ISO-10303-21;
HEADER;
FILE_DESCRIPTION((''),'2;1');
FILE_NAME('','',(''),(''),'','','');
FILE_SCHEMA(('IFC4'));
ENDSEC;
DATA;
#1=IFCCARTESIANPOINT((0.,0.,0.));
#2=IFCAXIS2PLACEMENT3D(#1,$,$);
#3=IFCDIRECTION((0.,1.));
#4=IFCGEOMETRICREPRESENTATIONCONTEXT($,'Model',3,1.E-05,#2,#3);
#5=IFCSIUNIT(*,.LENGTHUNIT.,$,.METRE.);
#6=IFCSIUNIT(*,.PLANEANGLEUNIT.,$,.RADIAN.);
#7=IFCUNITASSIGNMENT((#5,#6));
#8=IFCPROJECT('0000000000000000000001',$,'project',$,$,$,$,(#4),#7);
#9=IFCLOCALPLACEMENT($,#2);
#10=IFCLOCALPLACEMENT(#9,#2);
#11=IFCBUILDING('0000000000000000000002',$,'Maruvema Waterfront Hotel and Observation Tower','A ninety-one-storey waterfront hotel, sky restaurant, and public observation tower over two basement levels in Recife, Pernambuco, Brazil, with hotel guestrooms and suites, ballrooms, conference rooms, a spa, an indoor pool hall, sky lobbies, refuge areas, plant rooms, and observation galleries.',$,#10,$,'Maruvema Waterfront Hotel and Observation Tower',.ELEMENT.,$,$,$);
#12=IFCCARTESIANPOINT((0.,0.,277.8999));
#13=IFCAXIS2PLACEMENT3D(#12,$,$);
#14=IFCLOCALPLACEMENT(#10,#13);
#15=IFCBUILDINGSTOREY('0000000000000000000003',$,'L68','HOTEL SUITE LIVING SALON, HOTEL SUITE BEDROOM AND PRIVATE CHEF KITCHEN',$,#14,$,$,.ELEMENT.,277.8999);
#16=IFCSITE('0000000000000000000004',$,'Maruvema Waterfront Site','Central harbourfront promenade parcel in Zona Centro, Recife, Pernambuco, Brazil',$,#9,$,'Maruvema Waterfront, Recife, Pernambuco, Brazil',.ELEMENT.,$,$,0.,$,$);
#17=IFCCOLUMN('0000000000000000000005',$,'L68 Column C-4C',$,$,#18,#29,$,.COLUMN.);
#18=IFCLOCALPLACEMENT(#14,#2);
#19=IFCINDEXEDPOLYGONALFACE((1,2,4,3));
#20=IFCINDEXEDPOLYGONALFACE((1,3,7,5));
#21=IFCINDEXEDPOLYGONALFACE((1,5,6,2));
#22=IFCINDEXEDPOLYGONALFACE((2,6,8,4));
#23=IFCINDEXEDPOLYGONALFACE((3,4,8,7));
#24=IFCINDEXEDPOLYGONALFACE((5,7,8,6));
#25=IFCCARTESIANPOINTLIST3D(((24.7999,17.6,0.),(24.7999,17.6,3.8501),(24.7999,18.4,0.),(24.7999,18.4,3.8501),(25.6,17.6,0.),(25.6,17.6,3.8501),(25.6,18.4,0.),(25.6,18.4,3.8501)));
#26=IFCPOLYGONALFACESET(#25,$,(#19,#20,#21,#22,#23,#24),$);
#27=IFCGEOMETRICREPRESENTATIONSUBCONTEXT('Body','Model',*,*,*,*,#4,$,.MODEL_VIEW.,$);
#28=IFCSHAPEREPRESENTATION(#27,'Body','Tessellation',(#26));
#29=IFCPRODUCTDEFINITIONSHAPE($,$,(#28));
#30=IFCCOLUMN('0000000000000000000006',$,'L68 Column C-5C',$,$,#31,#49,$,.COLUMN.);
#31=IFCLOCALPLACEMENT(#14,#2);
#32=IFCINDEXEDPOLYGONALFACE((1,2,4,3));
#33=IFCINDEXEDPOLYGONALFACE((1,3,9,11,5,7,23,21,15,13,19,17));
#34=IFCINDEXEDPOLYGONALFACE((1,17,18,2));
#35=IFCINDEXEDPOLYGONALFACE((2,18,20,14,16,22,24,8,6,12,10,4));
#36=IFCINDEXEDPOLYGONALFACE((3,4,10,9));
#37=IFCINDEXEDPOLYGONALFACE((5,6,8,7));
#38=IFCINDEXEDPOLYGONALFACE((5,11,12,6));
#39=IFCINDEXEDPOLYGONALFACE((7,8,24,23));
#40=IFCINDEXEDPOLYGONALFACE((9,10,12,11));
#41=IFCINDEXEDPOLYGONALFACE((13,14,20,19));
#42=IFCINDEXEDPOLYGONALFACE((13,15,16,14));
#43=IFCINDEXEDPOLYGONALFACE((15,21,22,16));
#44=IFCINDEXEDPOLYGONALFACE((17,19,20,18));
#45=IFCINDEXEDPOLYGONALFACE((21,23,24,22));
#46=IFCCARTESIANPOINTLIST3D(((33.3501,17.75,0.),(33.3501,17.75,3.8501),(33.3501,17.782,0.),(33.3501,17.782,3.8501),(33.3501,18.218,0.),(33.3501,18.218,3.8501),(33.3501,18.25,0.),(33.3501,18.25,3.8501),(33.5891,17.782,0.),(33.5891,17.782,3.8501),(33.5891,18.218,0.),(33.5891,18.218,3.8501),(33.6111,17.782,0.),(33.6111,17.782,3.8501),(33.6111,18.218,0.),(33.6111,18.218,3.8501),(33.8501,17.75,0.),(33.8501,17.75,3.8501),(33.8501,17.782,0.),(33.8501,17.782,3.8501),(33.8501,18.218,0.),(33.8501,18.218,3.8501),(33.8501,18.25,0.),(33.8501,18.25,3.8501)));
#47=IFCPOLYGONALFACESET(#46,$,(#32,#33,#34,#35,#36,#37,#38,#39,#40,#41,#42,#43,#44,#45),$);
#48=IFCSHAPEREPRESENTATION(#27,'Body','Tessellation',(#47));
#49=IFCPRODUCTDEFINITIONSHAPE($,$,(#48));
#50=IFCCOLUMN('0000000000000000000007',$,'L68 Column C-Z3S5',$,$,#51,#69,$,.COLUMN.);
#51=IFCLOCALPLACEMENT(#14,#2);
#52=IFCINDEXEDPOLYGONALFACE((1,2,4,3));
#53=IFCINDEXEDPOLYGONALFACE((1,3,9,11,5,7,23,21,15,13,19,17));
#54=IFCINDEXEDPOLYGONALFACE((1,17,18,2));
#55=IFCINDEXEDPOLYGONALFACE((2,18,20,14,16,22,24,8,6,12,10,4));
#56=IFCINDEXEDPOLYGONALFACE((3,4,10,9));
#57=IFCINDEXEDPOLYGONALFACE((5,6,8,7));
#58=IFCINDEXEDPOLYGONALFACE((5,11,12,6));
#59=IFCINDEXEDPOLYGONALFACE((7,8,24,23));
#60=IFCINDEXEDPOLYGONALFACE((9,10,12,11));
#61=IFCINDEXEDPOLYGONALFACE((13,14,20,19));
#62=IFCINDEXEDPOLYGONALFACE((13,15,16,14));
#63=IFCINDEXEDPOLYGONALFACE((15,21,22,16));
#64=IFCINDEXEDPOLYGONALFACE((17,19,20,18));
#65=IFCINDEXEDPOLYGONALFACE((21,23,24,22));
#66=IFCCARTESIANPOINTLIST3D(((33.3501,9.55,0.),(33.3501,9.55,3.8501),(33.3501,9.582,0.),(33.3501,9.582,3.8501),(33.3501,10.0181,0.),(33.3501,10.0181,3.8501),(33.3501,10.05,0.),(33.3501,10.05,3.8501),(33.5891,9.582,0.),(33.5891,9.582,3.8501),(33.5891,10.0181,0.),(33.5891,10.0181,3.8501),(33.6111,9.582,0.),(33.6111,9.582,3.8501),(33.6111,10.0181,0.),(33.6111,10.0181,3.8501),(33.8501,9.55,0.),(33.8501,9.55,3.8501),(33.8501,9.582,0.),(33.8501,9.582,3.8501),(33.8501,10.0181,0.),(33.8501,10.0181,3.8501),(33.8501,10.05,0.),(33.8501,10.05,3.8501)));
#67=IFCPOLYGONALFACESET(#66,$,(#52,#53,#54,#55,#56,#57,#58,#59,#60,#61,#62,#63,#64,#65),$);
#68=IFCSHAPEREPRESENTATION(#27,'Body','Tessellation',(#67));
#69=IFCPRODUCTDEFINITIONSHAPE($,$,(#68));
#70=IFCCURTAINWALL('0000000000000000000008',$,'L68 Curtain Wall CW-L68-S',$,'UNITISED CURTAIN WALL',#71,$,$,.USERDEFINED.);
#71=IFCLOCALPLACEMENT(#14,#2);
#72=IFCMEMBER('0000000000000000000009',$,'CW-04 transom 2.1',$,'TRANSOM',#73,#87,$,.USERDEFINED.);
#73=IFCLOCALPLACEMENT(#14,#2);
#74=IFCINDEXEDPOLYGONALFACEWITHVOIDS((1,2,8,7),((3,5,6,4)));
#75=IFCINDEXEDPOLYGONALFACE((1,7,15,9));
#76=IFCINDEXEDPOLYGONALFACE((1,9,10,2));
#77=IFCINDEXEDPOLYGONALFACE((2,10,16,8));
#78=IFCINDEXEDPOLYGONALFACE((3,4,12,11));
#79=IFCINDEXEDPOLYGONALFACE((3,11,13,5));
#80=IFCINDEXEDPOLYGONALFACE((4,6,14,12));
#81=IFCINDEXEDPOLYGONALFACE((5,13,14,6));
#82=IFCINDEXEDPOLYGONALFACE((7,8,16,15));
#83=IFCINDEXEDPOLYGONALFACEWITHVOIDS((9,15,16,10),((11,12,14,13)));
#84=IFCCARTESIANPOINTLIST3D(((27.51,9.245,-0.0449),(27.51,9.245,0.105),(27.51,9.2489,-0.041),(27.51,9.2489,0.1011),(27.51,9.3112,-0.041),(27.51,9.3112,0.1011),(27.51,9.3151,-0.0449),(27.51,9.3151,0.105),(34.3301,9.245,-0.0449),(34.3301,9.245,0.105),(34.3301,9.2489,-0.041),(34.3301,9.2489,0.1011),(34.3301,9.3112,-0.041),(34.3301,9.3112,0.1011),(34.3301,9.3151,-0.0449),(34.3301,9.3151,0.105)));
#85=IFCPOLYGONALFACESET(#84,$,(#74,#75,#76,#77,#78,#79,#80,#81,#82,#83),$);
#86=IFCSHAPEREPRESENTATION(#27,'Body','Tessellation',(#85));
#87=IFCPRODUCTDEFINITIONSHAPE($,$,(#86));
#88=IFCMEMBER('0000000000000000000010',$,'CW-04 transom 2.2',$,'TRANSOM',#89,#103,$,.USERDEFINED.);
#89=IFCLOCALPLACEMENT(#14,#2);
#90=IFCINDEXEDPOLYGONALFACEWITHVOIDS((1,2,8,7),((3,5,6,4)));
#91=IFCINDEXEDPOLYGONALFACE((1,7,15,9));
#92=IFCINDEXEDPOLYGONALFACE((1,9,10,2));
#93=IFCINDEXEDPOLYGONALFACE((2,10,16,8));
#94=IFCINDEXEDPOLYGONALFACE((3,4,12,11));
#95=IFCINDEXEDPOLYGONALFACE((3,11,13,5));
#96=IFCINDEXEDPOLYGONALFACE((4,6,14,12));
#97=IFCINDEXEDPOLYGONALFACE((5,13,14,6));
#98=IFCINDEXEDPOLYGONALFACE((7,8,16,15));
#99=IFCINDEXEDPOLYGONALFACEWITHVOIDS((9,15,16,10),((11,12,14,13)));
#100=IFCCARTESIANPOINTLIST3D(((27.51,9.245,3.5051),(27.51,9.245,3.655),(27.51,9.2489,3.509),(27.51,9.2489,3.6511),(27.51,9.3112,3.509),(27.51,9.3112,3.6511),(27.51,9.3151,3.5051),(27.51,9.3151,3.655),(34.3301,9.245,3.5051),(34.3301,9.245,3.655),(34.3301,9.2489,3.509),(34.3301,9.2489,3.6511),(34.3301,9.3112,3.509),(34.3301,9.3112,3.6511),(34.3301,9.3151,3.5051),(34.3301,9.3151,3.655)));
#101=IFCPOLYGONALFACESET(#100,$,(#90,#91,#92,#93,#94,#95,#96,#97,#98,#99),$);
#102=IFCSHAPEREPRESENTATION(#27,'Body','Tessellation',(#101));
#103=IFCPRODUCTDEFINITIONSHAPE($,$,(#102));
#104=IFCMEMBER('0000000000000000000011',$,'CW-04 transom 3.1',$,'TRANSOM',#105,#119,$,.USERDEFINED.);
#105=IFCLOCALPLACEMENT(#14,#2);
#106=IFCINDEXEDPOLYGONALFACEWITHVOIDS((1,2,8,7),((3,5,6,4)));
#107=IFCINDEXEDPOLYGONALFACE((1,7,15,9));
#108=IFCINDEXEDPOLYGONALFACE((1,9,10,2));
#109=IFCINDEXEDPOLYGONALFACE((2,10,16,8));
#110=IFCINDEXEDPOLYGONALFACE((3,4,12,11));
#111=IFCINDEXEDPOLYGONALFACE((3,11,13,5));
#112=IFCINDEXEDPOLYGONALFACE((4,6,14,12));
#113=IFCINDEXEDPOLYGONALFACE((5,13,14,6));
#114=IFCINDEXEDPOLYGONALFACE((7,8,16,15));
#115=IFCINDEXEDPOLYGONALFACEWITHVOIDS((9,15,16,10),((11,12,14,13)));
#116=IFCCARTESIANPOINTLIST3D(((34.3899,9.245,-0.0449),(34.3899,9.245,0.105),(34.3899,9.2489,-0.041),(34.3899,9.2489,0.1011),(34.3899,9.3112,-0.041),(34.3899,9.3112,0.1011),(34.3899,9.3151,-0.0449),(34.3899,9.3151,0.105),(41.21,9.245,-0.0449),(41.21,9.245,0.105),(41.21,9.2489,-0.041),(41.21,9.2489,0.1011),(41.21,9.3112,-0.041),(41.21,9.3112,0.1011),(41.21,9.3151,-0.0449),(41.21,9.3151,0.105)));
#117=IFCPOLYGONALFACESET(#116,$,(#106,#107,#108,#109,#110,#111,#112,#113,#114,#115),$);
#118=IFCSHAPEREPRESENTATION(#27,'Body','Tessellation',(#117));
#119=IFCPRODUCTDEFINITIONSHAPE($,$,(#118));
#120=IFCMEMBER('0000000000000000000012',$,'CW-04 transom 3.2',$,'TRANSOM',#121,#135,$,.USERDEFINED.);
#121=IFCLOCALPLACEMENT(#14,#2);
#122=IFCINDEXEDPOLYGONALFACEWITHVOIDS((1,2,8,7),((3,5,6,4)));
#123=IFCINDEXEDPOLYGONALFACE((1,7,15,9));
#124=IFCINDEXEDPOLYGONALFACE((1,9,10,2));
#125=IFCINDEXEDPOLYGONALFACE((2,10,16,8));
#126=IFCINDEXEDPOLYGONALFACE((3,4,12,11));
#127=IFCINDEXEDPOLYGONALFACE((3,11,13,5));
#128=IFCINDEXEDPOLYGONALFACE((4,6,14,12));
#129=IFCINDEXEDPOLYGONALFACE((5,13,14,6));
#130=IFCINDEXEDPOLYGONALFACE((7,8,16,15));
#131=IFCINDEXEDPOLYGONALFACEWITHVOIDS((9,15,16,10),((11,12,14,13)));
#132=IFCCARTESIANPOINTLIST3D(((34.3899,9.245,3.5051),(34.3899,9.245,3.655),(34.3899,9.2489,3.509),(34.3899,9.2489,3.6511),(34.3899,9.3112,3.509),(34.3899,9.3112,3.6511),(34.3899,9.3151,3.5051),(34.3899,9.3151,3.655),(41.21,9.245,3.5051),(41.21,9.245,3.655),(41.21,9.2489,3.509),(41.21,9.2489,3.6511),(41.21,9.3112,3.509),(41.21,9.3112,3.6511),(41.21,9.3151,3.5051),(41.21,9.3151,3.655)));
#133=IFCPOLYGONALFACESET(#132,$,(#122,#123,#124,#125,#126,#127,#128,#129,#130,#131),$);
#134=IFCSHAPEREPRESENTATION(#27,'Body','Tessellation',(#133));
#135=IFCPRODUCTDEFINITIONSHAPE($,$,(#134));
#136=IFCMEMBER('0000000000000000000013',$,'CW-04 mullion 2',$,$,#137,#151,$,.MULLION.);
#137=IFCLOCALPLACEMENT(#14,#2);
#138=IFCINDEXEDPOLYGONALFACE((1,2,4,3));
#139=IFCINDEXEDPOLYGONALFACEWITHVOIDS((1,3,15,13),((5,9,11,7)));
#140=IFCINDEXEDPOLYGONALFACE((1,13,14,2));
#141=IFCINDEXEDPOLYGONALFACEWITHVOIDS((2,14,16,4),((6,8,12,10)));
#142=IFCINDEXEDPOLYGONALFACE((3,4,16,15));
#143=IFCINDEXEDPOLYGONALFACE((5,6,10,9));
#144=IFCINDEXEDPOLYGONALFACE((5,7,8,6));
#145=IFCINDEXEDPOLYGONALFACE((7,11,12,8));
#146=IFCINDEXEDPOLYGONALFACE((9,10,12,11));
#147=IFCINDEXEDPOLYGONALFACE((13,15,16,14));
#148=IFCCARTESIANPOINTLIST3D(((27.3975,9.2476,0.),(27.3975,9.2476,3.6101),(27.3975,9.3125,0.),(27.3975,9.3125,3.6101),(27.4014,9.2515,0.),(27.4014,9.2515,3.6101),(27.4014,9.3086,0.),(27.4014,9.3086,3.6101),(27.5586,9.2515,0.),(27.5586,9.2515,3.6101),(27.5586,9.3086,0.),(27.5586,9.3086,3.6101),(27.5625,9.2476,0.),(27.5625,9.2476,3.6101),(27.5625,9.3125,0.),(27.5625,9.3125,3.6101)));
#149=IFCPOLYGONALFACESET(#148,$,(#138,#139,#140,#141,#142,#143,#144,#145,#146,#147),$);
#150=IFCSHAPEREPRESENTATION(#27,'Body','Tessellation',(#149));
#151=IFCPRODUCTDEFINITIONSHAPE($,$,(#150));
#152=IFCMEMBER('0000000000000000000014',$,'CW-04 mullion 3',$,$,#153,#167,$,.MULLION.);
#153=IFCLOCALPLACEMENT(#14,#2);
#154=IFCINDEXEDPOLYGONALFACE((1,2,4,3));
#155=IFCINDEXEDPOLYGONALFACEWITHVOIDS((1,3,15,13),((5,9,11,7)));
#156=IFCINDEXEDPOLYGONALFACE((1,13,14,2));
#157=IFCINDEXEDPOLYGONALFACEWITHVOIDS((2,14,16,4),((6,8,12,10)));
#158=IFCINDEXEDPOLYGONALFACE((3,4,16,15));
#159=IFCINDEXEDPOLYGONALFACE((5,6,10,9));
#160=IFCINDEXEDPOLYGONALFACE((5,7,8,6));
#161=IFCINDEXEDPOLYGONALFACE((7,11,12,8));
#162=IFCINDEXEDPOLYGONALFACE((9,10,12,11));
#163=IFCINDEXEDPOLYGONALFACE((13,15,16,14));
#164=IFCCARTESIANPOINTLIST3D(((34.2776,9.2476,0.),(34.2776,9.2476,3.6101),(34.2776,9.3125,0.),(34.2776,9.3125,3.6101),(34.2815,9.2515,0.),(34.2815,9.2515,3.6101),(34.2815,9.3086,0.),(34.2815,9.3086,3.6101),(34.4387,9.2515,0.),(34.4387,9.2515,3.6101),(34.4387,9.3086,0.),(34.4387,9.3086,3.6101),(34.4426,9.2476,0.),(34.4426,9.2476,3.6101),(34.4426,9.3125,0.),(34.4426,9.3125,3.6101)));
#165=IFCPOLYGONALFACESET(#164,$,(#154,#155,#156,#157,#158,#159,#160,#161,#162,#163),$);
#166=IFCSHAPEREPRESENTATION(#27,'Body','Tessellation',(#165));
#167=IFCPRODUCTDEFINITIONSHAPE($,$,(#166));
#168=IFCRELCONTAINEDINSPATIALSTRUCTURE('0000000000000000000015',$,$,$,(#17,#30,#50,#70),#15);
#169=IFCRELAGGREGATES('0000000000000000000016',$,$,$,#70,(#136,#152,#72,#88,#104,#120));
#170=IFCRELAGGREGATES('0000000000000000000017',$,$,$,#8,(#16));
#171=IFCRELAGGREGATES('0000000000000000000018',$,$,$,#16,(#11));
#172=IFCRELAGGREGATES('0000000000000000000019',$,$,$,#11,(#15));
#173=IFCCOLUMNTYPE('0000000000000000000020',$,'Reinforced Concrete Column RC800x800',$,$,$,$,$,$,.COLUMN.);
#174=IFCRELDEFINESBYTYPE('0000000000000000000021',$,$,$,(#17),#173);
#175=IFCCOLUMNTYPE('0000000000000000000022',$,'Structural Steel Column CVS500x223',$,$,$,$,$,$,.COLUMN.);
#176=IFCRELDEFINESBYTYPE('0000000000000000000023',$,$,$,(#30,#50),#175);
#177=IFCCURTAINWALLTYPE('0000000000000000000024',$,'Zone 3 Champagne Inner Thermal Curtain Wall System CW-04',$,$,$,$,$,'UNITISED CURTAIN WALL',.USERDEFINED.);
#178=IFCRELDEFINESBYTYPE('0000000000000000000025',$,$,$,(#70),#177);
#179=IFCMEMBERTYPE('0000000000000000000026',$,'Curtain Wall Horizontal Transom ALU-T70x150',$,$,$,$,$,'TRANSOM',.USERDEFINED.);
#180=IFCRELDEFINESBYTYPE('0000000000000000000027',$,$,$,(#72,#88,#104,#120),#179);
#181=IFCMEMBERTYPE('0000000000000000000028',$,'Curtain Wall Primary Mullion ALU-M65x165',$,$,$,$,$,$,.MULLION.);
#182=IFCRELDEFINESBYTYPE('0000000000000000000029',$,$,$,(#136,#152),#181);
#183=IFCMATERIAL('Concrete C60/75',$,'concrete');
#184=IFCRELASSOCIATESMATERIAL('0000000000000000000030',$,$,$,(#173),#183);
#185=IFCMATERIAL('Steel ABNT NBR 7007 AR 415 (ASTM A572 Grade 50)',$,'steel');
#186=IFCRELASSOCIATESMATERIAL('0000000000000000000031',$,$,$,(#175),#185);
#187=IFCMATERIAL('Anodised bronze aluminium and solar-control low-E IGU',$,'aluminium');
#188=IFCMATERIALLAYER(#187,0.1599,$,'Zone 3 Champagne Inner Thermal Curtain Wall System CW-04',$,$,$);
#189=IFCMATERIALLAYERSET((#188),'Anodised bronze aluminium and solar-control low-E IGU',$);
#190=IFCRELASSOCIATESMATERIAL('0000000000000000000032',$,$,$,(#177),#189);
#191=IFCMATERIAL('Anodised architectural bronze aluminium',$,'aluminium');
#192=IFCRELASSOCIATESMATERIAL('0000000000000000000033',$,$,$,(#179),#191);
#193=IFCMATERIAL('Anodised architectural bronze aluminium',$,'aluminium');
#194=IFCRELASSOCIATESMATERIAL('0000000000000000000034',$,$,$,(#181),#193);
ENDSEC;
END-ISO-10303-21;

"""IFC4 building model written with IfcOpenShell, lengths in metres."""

from ifc_helpers import new_model, si_unit, direction, frame, origin, origin_2d, place, context, subcontext, project, spatial, rectangle, hollow_rectangle, i_section, extrude, material, layer, layer_set, material_profile, profile_set, type_object, element, aggregate, save


model = new_model("IFC4")

# Units and contexts
model_context = context("Model", 3, precision=1e-05, world=origin(), true_north=direction((0.0, 1.0)))
body_context = subcontext(model_context, "Body", "Model", "MODEL_VIEW")
ifc_project = project(units=[si_unit("LENGTHUNIT", "METRE"), si_unit("PLANEANGLEUNIT", "RADIAN")], contexts=[model_context])

# Site, building, storey
site_placement = place(None, origin())
site = spatial("IfcSite", under=ifc_project, at=site_placement, Name="Maruvema Waterfront Site", Description="Central harbourfront promenade parcel in Zona Centro, Recife, Pernambuco, Brazil", LongName="Maruvema Waterfront, Recife, Pernambuco, Brazil", CompositionType="ELEMENT", RefElevation=0.0)
building_placement = place(site_placement, origin())
building = spatial("IfcBuilding", under=site, at=building_placement, Name="Maruvema Waterfront Hotel and Observation Tower", Description="A ninety-one-storey waterfront hotel, sky restaurant, and public observation tower over two basement levels in Recife, Pernambuco, Brazil, with hotel guestrooms and suites, ballrooms, conference rooms, a spa, an indoor pool hall, sky lobbies, refuge areas, plant rooms, and observation galleries.", LongName="Maruvema Waterfront Hotel and Observation Tower", CompositionType="ELEMENT")
storey_placement = place(building_placement, frame((0.0, 0.0, 277.8999)))
storey = spatial("IfcBuildingStorey", under=building, at=storey_placement, Name="L68", Description="HOTEL SUITE LIVING SALON, HOTEL SUITE BEDROOM AND PRIVATE CHEF KITCHEN", CompositionType="ELEMENT", Elevation=277.8999)

# Columns
ifc_material_1 = material(Name="Concrete C60/75", Category="concrete")
ifc_material_profile_1 = material_profile(ifc_material_1, rectangle(XDim=0.8, YDim=0.8, at=origin_2d()), Name="RC800x800")
ifc_profile_set_1 = profile_set([ifc_material_profile_1], Name="Concrete C60/75")
column_type_1 = type_object("IfcColumnType", Name="Reinforced Concrete Column RC800x800", PredefinedType="COLUMN", material=ifc_profile_set_1)
column_placement = place(storey_placement, frame((25.2, 18.0, 0.0), z_axis=(0.0, 0.0, 1.0), x_axis=(1.0, 0.0, 0.0)))
element("IfcColumn", 1, at=column_placement, inside=storey, type_object=column_type_1, Name="L68 Column C-4C", PredefinedType="COLUMN", context=body_context, shape_type="SweptSolid", body=[
    extrude(rectangle(XDim=0.8, YDim=0.8, at=origin_2d()), origin(), (0.0, 0.0, 1.0), 3.8501),
])
ifc_material_2 = material(Name="Steel ABNT NBR 7007 AR 415 (ASTM A572 Grade 50)", Category="steel")
ifc_material_profile_2 = material_profile(ifc_material_2, i_section(OverallWidth=0.5, OverallDepth=0.5, WebThickness=0.022, FlangeThickness=0.032, at=origin_2d()), Name="CVS500x223")
ifc_profile_set_2 = profile_set([ifc_material_profile_2], Name="Steel ABNT NBR 7007 AR 415 (ASTM A572 Grade 50)")
column_type_2 = type_object("IfcColumnType", Name="Structural Steel Column CVS500x223", PredefinedType="COLUMN", material=ifc_profile_set_2)
for number, where, z_axis, x_axis, name in (
    (2, (33.6001, 18.0, 0.0), (0.0, 0.0, 1.0), (1.0, 0.0, 0.0), "L68 Column C-5C"),
    (3, (33.6001, 9.8, 0.0), (0.0, 0.0, 1.0), (1.0, 0.0, 0.0), "L68 Column C-Z3S5"),
):
    element("IfcColumn", number, at=place(storey_placement, frame(where, z_axis=z_axis, x_axis=x_axis)), inside=storey, type_object=column_type_2, Name=name, PredefinedType="COLUMN", context=body_context, shape_type="SweptSolid", body=[
        extrude(i_section(OverallWidth=0.5, OverallDepth=0.5, WebThickness=0.022, FlangeThickness=0.032, at=origin_2d()), origin(), (0.0, 0.0, 1.0), 3.8501),
    ])

# Curtain wall, members
ifc_material_3 = material(Name="Anodised bronze aluminium and solar-control low-E IGU", Category="aluminium")
ifc_layer_1 = layer(ifc_material_3, 0.1599, Name="Zone 3 Champagne Inner Thermal Curtain Wall System CW-04")
ifc_layer_set_1 = layer_set([ifc_layer_1], Name="Anodised bronze aluminium and solar-control low-E IGU")
curtain_wall_type = type_object("IfcCurtainWallType", Name="Zone 3 Champagne Inner Thermal Curtain Wall System CW-04", ElementType="UNITISED CURTAIN WALL", PredefinedType="USERDEFINED", material=ifc_layer_set_1)
curtain_wall_placement = place(storey_placement, origin())
curtain_wall = element("IfcCurtainWall", 4, at=curtain_wall_placement, inside=storey, type_object=curtain_wall_type, Name="L68 Curtain Wall CW-L68-S", ObjectType="UNITISED CURTAIN WALL", PredefinedType="USERDEFINED")
ifc_material_4 = material(Name="Anodised architectural bronze aluminium", Category="aluminium")
ifc_material_profile_3 = material_profile(ifc_material_4, hollow_rectangle(XDim=0.0701, YDim=0.1499, WallThickness=0.0039, at=origin_2d()), Name="ALU-T70x150")
ifc_profile_set_3 = profile_set([ifc_material_profile_3], Name="Anodised architectural bronze aluminium")
member_type_1 = type_object("IfcMemberType", Name="Curtain Wall Horizontal Transom ALU-T70x150", ElementType="TRANSOM", PredefinedType="USERDEFINED", material=ifc_profile_set_3)
member_1_placement = place(storey_placement, frame((27.51, 9.28, 0.03), z_axis=(1.0, 0.0, 0.0), x_axis=(0.0, 1.0, 0.0)))
member_1 = element("IfcMember", 5, at=member_1_placement, type_object=member_type_1, Name="CW-04 transom 2.1", ObjectType="TRANSOM", PredefinedType="USERDEFINED", context=body_context, shape_type="SweptSolid", body=[
    extrude(hollow_rectangle(XDim=0.0701, YDim=0.1499, WallThickness=0.0039, at=origin_2d()), origin(), (0.0, 0.0, 1.0), 6.8201),
])
member_2_placement = place(storey_placement, frame((27.51, 9.28, 3.5801), z_axis=(1.0, 0.0, 0.0), x_axis=(0.0, 1.0, 0.0)))
member_2 = element("IfcMember", 6, at=member_2_placement, type_object=member_type_1, Name="CW-04 transom 2.2", ObjectType="TRANSOM", PredefinedType="USERDEFINED", context=body_context, shape_type="SweptSolid", body=[
    extrude(hollow_rectangle(XDim=0.0701, YDim=0.1499, WallThickness=0.0039, at=origin_2d()), origin(), (0.0, 0.0, 1.0), 6.8201),
])
member_3_placement = place(storey_placement, frame((34.3899, 9.28, 0.03), z_axis=(1.0, 0.0, 0.0), x_axis=(0.0, 1.0, 0.0)))
member_3 = element("IfcMember", 7, at=member_3_placement, type_object=member_type_1, Name="CW-04 transom 3.1", ObjectType="TRANSOM", PredefinedType="USERDEFINED", context=body_context, shape_type="SweptSolid", body=[
    extrude(hollow_rectangle(XDim=0.0701, YDim=0.1499, WallThickness=0.0039, at=origin_2d()), origin(), (0.0, 0.0, 1.0), 6.8201),
])
member_4_placement = place(storey_placement, frame((34.3899, 9.28, 3.5801), z_axis=(1.0, 0.0, 0.0), x_axis=(0.0, 1.0, 0.0)))
member_4 = element("IfcMember", 8, at=member_4_placement, type_object=member_type_1, Name="CW-04 transom 3.2", ObjectType="TRANSOM", PredefinedType="USERDEFINED", context=body_context, shape_type="SweptSolid", body=[
    extrude(hollow_rectangle(XDim=0.0701, YDim=0.1499, WallThickness=0.0039, at=origin_2d()), origin(), (0.0, 0.0, 1.0), 6.8201),
])
ifc_material_5 = material(Name="Anodised architectural bronze aluminium", Category="aluminium")
ifc_material_profile_4 = material_profile(ifc_material_5, hollow_rectangle(XDim=0.0649, YDim=0.165, WallThickness=0.0039, at=origin_2d()), Name="ALU-M65x165")
ifc_profile_set_4 = profile_set([ifc_material_profile_4], Name="Anodised architectural bronze aluminium")
member_type_2 = type_object("IfcMemberType", Name="Curtain Wall Primary Mullion ALU-M65x165", PredefinedType="MULLION", material=ifc_profile_set_4)
member_5_placement = place(storey_placement, frame((27.48, 9.28, 0.0), z_axis=(0.0, 0.0, 1.0), x_axis=(0.0, 1.0, 0.0)))
member_5 = element("IfcMember", 9, at=member_5_placement, type_object=member_type_2, Name="CW-04 mullion 2", PredefinedType="MULLION", context=body_context, shape_type="SweptSolid", body=[
    extrude(hollow_rectangle(XDim=0.0649, YDim=0.165, WallThickness=0.0039, at=origin_2d()), origin(), (0.0, 0.0, 1.0), 3.6101),
])
member_6_placement = place(storey_placement, frame((34.3601, 9.28, 0.0), z_axis=(0.0, 0.0, 1.0), x_axis=(0.0, 1.0, 0.0)))
member_6 = element("IfcMember", 10, at=member_6_placement, type_object=member_type_2, Name="CW-04 mullion 3", PredefinedType="MULLION", context=body_context, shape_type="SweptSolid", body=[
    extrude(hollow_rectangle(XDim=0.0649, YDim=0.165, WallThickness=0.0039, at=origin_2d()), origin(), (0.0, 0.0, 1.0), 3.6101),
])

aggregate(curtain_wall, [member_5, member_6, member_1, member_2, member_3, member_4])

save(model, "model.ifc")
